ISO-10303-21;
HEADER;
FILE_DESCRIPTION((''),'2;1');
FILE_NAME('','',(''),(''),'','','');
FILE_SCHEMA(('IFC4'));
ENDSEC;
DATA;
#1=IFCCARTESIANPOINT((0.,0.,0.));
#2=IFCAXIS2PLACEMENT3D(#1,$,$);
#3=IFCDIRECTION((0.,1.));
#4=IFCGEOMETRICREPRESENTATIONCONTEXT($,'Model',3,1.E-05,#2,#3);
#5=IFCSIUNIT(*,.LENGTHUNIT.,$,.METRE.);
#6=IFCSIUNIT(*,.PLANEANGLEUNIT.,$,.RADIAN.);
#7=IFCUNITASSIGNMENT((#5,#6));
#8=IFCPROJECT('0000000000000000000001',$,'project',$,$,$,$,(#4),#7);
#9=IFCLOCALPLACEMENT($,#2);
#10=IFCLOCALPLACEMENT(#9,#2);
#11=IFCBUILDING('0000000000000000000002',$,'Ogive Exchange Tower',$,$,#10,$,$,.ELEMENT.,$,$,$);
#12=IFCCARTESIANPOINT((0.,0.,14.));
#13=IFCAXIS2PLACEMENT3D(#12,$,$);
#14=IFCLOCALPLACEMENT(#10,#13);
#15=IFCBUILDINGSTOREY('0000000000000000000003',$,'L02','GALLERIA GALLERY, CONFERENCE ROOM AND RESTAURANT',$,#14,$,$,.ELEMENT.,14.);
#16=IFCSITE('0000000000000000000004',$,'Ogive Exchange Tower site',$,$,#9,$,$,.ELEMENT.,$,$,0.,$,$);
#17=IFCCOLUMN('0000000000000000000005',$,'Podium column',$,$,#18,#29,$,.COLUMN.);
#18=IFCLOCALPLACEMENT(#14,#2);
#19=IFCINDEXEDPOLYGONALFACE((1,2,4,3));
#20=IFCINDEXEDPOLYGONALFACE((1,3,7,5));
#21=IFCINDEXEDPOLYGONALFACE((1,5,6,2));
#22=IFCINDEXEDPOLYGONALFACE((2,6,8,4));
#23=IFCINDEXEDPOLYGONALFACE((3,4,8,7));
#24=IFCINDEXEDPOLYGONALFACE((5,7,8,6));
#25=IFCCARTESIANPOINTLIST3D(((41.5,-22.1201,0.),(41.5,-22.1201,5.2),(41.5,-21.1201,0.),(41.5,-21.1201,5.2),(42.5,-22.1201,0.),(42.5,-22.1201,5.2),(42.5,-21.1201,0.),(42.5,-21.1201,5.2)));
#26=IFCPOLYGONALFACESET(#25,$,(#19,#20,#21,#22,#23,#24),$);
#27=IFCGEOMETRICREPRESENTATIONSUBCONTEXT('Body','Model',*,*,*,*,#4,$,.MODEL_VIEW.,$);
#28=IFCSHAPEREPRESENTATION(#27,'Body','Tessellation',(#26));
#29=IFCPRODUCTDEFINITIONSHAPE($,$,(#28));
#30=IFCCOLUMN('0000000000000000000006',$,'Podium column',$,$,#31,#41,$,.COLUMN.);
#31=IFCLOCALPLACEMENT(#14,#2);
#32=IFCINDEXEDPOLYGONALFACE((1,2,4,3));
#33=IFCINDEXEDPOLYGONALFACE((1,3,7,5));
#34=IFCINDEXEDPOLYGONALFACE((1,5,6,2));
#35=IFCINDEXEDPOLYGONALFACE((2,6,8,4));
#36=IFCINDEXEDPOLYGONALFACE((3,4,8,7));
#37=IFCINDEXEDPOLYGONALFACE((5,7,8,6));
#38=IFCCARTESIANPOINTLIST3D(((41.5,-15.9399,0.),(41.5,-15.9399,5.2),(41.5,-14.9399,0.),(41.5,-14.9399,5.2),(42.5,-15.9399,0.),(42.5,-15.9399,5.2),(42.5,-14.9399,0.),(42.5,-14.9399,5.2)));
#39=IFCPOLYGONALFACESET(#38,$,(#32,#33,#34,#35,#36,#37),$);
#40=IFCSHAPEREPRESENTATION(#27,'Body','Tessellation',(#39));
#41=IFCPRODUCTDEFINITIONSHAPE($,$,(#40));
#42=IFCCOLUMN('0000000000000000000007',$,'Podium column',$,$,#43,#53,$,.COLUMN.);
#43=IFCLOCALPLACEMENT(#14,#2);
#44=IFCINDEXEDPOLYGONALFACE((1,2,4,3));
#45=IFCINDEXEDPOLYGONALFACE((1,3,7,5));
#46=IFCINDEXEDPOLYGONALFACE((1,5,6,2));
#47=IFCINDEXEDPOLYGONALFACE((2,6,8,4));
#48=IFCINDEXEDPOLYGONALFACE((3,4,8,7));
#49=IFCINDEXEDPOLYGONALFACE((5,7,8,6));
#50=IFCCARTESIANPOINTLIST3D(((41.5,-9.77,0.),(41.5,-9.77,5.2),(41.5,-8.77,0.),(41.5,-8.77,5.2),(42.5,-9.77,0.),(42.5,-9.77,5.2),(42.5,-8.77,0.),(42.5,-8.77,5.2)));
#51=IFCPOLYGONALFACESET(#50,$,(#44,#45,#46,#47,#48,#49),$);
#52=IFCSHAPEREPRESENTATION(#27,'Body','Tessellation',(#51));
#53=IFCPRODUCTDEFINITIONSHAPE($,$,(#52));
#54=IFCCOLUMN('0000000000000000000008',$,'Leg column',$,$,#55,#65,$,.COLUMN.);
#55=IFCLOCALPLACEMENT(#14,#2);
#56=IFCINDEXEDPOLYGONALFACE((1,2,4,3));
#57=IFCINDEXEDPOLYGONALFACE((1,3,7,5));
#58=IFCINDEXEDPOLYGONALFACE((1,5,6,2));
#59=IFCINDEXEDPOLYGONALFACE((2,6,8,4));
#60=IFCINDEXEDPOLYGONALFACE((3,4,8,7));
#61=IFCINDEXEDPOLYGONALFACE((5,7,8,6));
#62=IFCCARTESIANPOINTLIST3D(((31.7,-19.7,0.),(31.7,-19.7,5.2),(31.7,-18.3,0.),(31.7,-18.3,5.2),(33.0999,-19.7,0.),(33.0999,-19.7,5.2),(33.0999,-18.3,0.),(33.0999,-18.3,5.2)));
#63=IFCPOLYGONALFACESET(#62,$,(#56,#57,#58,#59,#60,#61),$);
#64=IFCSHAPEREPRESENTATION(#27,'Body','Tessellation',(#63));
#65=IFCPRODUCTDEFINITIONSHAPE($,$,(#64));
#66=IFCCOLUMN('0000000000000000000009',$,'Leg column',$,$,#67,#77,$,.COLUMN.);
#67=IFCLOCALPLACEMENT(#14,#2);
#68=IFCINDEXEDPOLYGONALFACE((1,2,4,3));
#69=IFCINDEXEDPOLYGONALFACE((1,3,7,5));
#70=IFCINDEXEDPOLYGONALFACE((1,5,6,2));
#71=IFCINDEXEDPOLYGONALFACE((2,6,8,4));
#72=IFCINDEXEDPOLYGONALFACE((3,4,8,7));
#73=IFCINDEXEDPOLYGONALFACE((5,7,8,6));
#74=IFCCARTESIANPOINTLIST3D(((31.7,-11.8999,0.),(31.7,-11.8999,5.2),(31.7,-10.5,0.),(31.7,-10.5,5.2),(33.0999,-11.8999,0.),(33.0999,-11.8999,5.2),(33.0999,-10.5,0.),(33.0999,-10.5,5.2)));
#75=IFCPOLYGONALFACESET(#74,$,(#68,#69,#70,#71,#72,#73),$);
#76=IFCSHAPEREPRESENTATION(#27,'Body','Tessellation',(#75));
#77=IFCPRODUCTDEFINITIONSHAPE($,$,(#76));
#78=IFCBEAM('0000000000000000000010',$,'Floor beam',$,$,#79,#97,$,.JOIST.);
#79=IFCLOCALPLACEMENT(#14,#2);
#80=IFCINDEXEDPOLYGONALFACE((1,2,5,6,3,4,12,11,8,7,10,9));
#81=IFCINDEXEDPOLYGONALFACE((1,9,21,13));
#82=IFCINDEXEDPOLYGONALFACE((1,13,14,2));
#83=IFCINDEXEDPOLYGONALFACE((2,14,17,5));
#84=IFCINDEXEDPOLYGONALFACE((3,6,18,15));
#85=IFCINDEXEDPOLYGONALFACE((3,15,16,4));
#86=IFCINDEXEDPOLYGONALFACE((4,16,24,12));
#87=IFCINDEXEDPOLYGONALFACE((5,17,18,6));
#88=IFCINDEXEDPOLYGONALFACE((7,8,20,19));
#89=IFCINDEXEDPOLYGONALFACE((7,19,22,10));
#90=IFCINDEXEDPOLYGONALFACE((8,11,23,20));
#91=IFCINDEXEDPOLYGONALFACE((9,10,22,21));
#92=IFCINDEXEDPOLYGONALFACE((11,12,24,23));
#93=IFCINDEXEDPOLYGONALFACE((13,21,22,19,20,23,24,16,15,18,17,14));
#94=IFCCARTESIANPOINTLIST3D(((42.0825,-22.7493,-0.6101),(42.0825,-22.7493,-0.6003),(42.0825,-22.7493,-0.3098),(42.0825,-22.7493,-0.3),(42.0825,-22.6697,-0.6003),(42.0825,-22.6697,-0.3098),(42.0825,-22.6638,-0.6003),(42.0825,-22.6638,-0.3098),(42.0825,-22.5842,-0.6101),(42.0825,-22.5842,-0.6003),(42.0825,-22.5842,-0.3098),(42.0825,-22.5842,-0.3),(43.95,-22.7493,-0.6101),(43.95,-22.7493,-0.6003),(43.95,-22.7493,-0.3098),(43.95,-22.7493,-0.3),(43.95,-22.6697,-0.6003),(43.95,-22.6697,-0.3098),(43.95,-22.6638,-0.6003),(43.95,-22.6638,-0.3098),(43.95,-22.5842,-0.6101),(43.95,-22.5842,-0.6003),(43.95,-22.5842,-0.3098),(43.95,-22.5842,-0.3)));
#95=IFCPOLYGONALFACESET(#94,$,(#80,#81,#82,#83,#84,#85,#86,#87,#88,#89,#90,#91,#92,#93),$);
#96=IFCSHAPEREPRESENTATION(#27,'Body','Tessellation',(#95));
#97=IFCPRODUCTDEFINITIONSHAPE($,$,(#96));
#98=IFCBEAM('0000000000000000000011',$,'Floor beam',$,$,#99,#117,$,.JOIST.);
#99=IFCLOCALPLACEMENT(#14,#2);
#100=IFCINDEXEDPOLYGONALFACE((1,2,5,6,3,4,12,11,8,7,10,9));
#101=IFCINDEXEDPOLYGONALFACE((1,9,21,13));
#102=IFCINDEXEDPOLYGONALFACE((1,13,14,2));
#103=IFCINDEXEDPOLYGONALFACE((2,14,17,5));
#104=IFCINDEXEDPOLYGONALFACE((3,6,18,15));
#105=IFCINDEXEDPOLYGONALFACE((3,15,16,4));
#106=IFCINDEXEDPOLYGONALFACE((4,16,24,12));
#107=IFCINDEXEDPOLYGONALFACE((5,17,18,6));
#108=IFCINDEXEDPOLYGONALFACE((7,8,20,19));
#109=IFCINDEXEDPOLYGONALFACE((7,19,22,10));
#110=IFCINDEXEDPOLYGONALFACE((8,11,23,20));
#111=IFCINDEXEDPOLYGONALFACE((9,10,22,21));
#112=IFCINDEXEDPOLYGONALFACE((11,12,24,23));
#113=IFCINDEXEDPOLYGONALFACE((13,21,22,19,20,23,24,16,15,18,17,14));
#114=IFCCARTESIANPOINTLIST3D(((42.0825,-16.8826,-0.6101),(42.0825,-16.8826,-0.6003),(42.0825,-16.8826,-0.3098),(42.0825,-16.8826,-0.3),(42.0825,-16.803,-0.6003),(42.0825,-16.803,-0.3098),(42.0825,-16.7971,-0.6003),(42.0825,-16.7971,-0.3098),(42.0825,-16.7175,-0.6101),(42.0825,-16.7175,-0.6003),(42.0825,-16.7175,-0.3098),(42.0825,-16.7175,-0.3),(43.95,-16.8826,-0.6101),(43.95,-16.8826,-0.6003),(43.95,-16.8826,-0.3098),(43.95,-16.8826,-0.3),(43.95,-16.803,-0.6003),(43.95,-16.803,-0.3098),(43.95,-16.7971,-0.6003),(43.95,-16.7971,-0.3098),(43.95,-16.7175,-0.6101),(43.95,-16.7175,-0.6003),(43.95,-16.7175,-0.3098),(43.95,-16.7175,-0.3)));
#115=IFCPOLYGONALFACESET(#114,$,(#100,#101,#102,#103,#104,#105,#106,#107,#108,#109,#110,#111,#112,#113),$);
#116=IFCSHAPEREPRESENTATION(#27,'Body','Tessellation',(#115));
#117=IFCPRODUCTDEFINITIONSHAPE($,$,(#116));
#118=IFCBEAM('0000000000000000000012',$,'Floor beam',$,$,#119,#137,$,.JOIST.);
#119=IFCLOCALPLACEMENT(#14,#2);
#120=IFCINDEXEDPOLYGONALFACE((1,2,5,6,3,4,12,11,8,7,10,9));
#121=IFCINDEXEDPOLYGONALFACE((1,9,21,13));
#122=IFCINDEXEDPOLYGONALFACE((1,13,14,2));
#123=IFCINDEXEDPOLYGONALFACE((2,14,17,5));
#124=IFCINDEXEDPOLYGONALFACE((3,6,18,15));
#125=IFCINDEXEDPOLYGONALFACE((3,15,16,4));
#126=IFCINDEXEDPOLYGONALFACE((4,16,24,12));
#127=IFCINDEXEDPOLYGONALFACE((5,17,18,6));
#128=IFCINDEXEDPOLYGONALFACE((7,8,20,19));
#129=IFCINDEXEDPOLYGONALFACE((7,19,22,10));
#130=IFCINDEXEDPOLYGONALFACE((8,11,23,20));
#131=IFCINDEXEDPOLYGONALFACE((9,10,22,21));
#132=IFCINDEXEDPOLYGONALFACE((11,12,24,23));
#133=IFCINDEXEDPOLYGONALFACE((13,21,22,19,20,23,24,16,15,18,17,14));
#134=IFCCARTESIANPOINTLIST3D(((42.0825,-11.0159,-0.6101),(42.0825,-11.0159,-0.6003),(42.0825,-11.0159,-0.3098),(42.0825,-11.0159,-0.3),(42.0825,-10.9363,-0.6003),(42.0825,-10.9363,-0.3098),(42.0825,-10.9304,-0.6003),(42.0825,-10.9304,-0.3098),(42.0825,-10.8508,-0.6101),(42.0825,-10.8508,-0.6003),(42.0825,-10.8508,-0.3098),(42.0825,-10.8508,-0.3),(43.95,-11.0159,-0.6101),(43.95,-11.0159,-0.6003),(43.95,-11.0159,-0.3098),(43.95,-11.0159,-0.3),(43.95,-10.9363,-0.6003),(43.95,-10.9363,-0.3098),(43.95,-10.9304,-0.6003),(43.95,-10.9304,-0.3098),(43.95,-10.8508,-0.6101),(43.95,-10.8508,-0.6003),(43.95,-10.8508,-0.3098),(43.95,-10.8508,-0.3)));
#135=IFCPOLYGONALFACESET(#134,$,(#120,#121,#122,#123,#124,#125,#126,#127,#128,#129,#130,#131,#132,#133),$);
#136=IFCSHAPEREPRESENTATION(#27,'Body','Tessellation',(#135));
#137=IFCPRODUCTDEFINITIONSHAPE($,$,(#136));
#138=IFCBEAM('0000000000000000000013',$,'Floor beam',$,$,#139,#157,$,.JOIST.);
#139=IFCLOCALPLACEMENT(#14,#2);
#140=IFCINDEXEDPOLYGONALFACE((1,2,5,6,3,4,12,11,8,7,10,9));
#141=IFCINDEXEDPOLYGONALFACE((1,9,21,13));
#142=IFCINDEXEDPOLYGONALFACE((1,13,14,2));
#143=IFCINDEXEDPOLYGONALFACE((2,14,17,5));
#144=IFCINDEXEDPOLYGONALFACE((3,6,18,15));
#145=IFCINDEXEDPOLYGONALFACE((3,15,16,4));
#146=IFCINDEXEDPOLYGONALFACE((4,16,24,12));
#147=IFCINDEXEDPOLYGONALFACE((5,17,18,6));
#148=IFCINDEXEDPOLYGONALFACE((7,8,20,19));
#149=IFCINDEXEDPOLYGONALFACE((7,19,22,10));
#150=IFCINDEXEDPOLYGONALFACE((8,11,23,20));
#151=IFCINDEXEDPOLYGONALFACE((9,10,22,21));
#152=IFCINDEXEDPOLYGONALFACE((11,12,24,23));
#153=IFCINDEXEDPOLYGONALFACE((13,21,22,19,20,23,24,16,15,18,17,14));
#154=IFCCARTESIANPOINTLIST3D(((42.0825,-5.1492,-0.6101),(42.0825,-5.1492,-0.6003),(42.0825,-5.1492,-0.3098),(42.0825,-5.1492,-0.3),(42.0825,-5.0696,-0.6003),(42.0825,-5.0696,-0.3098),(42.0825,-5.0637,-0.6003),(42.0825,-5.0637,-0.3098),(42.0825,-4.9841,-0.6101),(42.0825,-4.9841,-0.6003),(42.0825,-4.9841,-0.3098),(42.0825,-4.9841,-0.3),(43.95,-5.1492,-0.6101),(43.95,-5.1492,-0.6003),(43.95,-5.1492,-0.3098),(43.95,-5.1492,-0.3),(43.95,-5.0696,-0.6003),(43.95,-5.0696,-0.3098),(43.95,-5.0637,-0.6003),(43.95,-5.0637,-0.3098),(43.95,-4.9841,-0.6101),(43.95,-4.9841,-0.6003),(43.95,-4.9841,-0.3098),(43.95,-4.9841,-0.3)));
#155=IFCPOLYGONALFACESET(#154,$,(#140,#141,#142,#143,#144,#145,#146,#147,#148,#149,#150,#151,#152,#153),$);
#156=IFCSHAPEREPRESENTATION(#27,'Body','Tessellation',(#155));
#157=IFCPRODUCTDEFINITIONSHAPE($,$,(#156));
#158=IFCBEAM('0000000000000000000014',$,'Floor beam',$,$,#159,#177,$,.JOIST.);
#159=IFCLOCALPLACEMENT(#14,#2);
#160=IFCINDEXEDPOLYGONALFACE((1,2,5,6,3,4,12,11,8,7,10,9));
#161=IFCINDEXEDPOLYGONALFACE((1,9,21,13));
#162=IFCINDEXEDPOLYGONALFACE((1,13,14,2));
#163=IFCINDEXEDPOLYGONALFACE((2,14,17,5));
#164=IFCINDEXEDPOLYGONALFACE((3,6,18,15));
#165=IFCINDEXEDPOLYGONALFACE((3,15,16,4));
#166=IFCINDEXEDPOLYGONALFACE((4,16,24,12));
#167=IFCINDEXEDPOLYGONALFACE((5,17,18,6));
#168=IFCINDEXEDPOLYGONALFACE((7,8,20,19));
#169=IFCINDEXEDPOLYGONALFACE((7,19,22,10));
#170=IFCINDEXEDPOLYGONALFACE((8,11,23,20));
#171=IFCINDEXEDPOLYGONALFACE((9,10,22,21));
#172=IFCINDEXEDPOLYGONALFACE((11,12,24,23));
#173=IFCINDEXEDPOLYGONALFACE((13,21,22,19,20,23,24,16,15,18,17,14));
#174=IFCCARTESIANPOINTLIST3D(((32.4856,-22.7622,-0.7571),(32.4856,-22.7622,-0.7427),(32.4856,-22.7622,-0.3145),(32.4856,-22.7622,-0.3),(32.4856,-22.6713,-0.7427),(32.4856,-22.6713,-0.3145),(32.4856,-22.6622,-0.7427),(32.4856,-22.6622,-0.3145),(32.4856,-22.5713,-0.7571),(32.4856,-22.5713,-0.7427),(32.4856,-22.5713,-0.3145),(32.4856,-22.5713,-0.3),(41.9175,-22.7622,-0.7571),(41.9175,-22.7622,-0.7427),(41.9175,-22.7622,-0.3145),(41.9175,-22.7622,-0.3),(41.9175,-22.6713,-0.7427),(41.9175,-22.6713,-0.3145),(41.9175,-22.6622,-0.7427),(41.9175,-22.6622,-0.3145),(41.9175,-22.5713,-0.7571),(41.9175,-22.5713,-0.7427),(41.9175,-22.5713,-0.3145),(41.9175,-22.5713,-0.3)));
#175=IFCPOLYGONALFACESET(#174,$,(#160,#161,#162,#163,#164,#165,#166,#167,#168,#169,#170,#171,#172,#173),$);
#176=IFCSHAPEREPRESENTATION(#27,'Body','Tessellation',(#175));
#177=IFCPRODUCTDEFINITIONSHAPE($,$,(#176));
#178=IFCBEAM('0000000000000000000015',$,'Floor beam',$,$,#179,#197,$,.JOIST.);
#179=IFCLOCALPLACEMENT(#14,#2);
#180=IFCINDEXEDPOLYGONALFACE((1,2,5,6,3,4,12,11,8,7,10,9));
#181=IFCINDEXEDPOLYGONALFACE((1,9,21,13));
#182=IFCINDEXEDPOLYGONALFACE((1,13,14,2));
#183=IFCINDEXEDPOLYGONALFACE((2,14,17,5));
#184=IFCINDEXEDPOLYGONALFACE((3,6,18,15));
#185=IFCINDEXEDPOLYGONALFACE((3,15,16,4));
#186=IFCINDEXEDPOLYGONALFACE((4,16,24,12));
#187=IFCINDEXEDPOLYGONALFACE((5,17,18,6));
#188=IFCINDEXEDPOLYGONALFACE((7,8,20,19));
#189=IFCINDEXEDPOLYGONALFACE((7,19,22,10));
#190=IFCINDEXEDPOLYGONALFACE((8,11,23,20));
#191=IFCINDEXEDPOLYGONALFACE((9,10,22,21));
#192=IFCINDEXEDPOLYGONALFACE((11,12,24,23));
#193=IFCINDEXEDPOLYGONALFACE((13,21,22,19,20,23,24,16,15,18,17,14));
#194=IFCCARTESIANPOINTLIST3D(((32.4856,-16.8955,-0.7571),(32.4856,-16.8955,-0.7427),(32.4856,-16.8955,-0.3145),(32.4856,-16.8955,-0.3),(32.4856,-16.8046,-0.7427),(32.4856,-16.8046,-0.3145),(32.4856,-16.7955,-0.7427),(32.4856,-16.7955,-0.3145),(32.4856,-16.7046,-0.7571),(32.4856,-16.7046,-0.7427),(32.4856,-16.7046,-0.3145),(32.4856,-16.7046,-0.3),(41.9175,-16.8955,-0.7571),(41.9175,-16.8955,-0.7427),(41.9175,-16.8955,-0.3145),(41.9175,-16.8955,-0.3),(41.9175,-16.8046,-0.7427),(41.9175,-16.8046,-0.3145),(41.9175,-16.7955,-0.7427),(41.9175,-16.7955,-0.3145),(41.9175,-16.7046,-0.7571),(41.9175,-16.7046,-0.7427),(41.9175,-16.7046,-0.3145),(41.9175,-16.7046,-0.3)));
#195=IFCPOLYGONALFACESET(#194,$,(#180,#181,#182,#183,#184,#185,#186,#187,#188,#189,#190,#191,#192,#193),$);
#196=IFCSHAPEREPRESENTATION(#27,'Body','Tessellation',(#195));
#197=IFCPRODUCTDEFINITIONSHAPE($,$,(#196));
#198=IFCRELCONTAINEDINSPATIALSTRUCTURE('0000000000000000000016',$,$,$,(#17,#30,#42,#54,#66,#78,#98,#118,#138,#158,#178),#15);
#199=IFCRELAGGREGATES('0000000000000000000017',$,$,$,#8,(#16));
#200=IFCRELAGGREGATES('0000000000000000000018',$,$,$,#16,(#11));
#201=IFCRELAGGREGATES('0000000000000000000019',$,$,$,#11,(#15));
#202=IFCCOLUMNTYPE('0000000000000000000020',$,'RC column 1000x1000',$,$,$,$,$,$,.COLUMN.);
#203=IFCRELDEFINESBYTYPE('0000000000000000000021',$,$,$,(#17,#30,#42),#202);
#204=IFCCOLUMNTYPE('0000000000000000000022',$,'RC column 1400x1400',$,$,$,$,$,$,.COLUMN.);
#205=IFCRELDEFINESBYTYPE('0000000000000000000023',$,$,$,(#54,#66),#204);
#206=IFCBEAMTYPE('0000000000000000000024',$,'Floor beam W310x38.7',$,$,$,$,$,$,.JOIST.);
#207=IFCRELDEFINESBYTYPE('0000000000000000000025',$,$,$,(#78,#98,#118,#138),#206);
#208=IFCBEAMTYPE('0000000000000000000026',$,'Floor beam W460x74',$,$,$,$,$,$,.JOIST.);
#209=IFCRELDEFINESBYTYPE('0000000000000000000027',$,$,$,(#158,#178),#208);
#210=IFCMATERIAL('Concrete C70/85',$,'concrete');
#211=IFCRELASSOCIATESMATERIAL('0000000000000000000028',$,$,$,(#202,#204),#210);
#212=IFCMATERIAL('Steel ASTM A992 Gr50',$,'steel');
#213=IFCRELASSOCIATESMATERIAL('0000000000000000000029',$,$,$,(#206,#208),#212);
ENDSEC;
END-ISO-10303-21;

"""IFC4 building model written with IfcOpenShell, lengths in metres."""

from ifc_helpers import new_model, si_unit, direction, frame, origin, origin_2d, place, context, subcontext, project, spatial, rectangle, i_section, extrude, material, material_profile, profile_set, type_object, element, save


model = new_model("IFC4")

# Units and contexts
model_context = context("Model", 3, precision=1e-05, world=origin(), true_north=direction((0.0, 1.0)))
body_context = subcontext(model_context, "Body", "Model", "MODEL_VIEW")
ifc_project = project(units=[si_unit("LENGTHUNIT", "METRE"), si_unit("PLANEANGLEUNIT", "RADIAN")], contexts=[model_context])

# Site, building, storey
site_placement = place(None, origin())
site = spatial("IfcSite", under=ifc_project, at=site_placement, Name="Ogive Exchange Tower site", CompositionType="ELEMENT", RefElevation=0.0)
building_placement = place(site_placement, origin())
building = spatial("IfcBuilding", under=site, at=building_placement, Name="Ogive Exchange Tower", CompositionType="ELEMENT")
storey_placement = place(building_placement, frame((0.0, 0.0, 14.0)))
storey = spatial("IfcBuildingStorey", under=building, at=storey_placement, Name="L02", Description="GALLERIA GALLERY, CONFERENCE ROOM AND RESTAURANT", CompositionType="ELEMENT", Elevation=14.0)

# Columns
ifc_material_1 = material(Name="Concrete C70/85", Category="concrete")
ifc_material_profile_1 = material_profile(ifc_material_1, rectangle(XDim=1.0, YDim=1.0, at=origin_2d()), Name="RC 1000x1000")
ifc_profile_set_1 = profile_set([ifc_material_profile_1], Name="Concrete C70/85")
column_type_1 = type_object("IfcColumnType", Name="RC column 1000x1000", PredefinedType="COLUMN", material=ifc_profile_set_1)
for number, where, z_axis, x_axis, name in (
    (1, (42.0, -21.6201, 0.0), (0.0, 0.0, 1.0), (1.0, 0.0, 0.0), "Podium column"),
    (2, (42.0, -15.4399, 0.0), (0.0, 0.0, 1.0), (1.0, 0.0, 0.0), "Podium column"),
    (3, (42.0, -9.27, 0.0), (0.0, 0.0, 1.0), (1.0, 0.0, 0.0), "Podium column"),
):
    element("IfcColumn", number, at=place(storey_placement, frame(where, z_axis=z_axis, x_axis=x_axis)), inside=storey, type_object=column_type_1, Name=name, PredefinedType="COLUMN", context=body_context, shape_type="SweptSolid", body=[
        extrude(rectangle(XDim=1.0, YDim=1.0, at=origin_2d()), origin(), (0.0, 0.0, 1.0), 5.2),
    ])
ifc_material_profile_2 = material_profile(ifc_material_1, rectangle(XDim=1.3999, YDim=1.3999, at=origin_2d()), Name="RC 1400x1400")
ifc_profile_set_2 = profile_set([ifc_material_profile_2], Name="Concrete C70/85")
column_type_2 = type_object("IfcColumnType", Name="RC column 1400x1400", PredefinedType="COLUMN", material=ifc_profile_set_2)
for number, where, z_axis, x_axis, name in (
    (4, (32.3999, -19.0, 0.0), (0.0, 0.0, 1.0), (1.0, 0.0, 0.0), "Leg column"),
    (5, (32.3999, -11.2, 0.0), (0.0, 0.0, 1.0), (1.0, 0.0, 0.0), "Leg column"),
):
    element("IfcColumn", number, at=place(storey_placement, frame(where, z_axis=z_axis, x_axis=x_axis)), inside=storey, type_object=column_type_2, Name=name, PredefinedType="COLUMN", context=body_context, shape_type="SweptSolid", body=[
        extrude(rectangle(XDim=1.3999, YDim=1.3999, at=origin_2d()), origin(), (0.0, 0.0, 1.0), 5.2),
    ])

# Beams
ifc_material_2 = material(Name="Steel ASTM A992 Gr50", Category="steel")
ifc_material_profile_3 = material_profile(ifc_material_2, i_section(OverallWidth=0.165, OverallDepth=0.3101, WebThickness=0.0059, FlangeThickness=0.0098, at=origin_2d()), Name="W310x38.7")
ifc_profile_set_3 = profile_set([ifc_material_profile_3], Name="Steel ASTM A992 Gr50")
beam_type_1 = type_object("IfcBeamType", Name="Floor beam W310x38.7", PredefinedType="JOIST", material=ifc_profile_set_3)
for number, where, z_axis, x_axis, name in (
    (6, (42.0825, -22.6667, -0.4551), (1.0, 0.0, 0.0), (0.0, 1.0, 0.0), "Floor beam"),
    (7, (42.0825, -16.8, -0.4551), (1.0, 0.0, 0.0), (0.0, 1.0, 0.0), "Floor beam"),
    (8, (42.0825, -10.9333, -0.4551), (1.0, 0.0, 0.0), (0.0, 1.0, 0.0), "Floor beam"),
    (9, (42.0825, -5.0667, -0.4551), (1.0, 0.0, 0.0), (0.0, 1.0, 0.0), "Floor beam"),
):
    element("IfcBeam", number, at=place(storey_placement, frame(where, z_axis=z_axis, x_axis=x_axis)), inside=storey, type_object=beam_type_1, Name=name, PredefinedType="JOIST", context=body_context, shape_type="SweptSolid", body=[
        extrude(i_section(OverallWidth=0.165, OverallDepth=0.3101, WebThickness=0.0059, FlangeThickness=0.0098, at=origin_2d()), origin(), (0.0, 0.0, 1.0), 1.8674),
    ])
ifc_material_profile_4 = material_profile(ifc_material_2, i_section(OverallWidth=0.1909, OverallDepth=0.457, WebThickness=0.009, FlangeThickness=0.0144, at=origin_2d()), Name="W460x74")
ifc_profile_set_4 = profile_set([ifc_material_profile_4], Name="Steel ASTM A992 Gr50")
beam_type_2 = type_object("IfcBeamType", Name="Floor beam W460x74", PredefinedType="JOIST", material=ifc_profile_set_4)
for number, where, z_axis, x_axis, name in (
    (10, (32.4856, -22.6667, -0.5286), (1.0, 0.0, 0.0), (0.0, 1.0, 0.0), "Floor beam"),
    (11, (32.4856, -16.8, -0.5286), (1.0, 0.0, 0.0), (0.0, 1.0, 0.0), "Floor beam"),
):
    element("IfcBeam", number, at=place(storey_placement, frame(where, z_axis=z_axis, x_axis=x_axis)), inside=storey, type_object=beam_type_2, Name=name, PredefinedType="JOIST", context=body_context, shape_type="SweptSolid", body=[
        extrude(i_section(OverallWidth=0.1909, OverallDepth=0.457, WebThickness=0.009, FlangeThickness=0.0144, at=origin_2d()), origin(), (0.0, 0.0, 1.0), 9.4319),
    ])

save(model, "model.ifc")
